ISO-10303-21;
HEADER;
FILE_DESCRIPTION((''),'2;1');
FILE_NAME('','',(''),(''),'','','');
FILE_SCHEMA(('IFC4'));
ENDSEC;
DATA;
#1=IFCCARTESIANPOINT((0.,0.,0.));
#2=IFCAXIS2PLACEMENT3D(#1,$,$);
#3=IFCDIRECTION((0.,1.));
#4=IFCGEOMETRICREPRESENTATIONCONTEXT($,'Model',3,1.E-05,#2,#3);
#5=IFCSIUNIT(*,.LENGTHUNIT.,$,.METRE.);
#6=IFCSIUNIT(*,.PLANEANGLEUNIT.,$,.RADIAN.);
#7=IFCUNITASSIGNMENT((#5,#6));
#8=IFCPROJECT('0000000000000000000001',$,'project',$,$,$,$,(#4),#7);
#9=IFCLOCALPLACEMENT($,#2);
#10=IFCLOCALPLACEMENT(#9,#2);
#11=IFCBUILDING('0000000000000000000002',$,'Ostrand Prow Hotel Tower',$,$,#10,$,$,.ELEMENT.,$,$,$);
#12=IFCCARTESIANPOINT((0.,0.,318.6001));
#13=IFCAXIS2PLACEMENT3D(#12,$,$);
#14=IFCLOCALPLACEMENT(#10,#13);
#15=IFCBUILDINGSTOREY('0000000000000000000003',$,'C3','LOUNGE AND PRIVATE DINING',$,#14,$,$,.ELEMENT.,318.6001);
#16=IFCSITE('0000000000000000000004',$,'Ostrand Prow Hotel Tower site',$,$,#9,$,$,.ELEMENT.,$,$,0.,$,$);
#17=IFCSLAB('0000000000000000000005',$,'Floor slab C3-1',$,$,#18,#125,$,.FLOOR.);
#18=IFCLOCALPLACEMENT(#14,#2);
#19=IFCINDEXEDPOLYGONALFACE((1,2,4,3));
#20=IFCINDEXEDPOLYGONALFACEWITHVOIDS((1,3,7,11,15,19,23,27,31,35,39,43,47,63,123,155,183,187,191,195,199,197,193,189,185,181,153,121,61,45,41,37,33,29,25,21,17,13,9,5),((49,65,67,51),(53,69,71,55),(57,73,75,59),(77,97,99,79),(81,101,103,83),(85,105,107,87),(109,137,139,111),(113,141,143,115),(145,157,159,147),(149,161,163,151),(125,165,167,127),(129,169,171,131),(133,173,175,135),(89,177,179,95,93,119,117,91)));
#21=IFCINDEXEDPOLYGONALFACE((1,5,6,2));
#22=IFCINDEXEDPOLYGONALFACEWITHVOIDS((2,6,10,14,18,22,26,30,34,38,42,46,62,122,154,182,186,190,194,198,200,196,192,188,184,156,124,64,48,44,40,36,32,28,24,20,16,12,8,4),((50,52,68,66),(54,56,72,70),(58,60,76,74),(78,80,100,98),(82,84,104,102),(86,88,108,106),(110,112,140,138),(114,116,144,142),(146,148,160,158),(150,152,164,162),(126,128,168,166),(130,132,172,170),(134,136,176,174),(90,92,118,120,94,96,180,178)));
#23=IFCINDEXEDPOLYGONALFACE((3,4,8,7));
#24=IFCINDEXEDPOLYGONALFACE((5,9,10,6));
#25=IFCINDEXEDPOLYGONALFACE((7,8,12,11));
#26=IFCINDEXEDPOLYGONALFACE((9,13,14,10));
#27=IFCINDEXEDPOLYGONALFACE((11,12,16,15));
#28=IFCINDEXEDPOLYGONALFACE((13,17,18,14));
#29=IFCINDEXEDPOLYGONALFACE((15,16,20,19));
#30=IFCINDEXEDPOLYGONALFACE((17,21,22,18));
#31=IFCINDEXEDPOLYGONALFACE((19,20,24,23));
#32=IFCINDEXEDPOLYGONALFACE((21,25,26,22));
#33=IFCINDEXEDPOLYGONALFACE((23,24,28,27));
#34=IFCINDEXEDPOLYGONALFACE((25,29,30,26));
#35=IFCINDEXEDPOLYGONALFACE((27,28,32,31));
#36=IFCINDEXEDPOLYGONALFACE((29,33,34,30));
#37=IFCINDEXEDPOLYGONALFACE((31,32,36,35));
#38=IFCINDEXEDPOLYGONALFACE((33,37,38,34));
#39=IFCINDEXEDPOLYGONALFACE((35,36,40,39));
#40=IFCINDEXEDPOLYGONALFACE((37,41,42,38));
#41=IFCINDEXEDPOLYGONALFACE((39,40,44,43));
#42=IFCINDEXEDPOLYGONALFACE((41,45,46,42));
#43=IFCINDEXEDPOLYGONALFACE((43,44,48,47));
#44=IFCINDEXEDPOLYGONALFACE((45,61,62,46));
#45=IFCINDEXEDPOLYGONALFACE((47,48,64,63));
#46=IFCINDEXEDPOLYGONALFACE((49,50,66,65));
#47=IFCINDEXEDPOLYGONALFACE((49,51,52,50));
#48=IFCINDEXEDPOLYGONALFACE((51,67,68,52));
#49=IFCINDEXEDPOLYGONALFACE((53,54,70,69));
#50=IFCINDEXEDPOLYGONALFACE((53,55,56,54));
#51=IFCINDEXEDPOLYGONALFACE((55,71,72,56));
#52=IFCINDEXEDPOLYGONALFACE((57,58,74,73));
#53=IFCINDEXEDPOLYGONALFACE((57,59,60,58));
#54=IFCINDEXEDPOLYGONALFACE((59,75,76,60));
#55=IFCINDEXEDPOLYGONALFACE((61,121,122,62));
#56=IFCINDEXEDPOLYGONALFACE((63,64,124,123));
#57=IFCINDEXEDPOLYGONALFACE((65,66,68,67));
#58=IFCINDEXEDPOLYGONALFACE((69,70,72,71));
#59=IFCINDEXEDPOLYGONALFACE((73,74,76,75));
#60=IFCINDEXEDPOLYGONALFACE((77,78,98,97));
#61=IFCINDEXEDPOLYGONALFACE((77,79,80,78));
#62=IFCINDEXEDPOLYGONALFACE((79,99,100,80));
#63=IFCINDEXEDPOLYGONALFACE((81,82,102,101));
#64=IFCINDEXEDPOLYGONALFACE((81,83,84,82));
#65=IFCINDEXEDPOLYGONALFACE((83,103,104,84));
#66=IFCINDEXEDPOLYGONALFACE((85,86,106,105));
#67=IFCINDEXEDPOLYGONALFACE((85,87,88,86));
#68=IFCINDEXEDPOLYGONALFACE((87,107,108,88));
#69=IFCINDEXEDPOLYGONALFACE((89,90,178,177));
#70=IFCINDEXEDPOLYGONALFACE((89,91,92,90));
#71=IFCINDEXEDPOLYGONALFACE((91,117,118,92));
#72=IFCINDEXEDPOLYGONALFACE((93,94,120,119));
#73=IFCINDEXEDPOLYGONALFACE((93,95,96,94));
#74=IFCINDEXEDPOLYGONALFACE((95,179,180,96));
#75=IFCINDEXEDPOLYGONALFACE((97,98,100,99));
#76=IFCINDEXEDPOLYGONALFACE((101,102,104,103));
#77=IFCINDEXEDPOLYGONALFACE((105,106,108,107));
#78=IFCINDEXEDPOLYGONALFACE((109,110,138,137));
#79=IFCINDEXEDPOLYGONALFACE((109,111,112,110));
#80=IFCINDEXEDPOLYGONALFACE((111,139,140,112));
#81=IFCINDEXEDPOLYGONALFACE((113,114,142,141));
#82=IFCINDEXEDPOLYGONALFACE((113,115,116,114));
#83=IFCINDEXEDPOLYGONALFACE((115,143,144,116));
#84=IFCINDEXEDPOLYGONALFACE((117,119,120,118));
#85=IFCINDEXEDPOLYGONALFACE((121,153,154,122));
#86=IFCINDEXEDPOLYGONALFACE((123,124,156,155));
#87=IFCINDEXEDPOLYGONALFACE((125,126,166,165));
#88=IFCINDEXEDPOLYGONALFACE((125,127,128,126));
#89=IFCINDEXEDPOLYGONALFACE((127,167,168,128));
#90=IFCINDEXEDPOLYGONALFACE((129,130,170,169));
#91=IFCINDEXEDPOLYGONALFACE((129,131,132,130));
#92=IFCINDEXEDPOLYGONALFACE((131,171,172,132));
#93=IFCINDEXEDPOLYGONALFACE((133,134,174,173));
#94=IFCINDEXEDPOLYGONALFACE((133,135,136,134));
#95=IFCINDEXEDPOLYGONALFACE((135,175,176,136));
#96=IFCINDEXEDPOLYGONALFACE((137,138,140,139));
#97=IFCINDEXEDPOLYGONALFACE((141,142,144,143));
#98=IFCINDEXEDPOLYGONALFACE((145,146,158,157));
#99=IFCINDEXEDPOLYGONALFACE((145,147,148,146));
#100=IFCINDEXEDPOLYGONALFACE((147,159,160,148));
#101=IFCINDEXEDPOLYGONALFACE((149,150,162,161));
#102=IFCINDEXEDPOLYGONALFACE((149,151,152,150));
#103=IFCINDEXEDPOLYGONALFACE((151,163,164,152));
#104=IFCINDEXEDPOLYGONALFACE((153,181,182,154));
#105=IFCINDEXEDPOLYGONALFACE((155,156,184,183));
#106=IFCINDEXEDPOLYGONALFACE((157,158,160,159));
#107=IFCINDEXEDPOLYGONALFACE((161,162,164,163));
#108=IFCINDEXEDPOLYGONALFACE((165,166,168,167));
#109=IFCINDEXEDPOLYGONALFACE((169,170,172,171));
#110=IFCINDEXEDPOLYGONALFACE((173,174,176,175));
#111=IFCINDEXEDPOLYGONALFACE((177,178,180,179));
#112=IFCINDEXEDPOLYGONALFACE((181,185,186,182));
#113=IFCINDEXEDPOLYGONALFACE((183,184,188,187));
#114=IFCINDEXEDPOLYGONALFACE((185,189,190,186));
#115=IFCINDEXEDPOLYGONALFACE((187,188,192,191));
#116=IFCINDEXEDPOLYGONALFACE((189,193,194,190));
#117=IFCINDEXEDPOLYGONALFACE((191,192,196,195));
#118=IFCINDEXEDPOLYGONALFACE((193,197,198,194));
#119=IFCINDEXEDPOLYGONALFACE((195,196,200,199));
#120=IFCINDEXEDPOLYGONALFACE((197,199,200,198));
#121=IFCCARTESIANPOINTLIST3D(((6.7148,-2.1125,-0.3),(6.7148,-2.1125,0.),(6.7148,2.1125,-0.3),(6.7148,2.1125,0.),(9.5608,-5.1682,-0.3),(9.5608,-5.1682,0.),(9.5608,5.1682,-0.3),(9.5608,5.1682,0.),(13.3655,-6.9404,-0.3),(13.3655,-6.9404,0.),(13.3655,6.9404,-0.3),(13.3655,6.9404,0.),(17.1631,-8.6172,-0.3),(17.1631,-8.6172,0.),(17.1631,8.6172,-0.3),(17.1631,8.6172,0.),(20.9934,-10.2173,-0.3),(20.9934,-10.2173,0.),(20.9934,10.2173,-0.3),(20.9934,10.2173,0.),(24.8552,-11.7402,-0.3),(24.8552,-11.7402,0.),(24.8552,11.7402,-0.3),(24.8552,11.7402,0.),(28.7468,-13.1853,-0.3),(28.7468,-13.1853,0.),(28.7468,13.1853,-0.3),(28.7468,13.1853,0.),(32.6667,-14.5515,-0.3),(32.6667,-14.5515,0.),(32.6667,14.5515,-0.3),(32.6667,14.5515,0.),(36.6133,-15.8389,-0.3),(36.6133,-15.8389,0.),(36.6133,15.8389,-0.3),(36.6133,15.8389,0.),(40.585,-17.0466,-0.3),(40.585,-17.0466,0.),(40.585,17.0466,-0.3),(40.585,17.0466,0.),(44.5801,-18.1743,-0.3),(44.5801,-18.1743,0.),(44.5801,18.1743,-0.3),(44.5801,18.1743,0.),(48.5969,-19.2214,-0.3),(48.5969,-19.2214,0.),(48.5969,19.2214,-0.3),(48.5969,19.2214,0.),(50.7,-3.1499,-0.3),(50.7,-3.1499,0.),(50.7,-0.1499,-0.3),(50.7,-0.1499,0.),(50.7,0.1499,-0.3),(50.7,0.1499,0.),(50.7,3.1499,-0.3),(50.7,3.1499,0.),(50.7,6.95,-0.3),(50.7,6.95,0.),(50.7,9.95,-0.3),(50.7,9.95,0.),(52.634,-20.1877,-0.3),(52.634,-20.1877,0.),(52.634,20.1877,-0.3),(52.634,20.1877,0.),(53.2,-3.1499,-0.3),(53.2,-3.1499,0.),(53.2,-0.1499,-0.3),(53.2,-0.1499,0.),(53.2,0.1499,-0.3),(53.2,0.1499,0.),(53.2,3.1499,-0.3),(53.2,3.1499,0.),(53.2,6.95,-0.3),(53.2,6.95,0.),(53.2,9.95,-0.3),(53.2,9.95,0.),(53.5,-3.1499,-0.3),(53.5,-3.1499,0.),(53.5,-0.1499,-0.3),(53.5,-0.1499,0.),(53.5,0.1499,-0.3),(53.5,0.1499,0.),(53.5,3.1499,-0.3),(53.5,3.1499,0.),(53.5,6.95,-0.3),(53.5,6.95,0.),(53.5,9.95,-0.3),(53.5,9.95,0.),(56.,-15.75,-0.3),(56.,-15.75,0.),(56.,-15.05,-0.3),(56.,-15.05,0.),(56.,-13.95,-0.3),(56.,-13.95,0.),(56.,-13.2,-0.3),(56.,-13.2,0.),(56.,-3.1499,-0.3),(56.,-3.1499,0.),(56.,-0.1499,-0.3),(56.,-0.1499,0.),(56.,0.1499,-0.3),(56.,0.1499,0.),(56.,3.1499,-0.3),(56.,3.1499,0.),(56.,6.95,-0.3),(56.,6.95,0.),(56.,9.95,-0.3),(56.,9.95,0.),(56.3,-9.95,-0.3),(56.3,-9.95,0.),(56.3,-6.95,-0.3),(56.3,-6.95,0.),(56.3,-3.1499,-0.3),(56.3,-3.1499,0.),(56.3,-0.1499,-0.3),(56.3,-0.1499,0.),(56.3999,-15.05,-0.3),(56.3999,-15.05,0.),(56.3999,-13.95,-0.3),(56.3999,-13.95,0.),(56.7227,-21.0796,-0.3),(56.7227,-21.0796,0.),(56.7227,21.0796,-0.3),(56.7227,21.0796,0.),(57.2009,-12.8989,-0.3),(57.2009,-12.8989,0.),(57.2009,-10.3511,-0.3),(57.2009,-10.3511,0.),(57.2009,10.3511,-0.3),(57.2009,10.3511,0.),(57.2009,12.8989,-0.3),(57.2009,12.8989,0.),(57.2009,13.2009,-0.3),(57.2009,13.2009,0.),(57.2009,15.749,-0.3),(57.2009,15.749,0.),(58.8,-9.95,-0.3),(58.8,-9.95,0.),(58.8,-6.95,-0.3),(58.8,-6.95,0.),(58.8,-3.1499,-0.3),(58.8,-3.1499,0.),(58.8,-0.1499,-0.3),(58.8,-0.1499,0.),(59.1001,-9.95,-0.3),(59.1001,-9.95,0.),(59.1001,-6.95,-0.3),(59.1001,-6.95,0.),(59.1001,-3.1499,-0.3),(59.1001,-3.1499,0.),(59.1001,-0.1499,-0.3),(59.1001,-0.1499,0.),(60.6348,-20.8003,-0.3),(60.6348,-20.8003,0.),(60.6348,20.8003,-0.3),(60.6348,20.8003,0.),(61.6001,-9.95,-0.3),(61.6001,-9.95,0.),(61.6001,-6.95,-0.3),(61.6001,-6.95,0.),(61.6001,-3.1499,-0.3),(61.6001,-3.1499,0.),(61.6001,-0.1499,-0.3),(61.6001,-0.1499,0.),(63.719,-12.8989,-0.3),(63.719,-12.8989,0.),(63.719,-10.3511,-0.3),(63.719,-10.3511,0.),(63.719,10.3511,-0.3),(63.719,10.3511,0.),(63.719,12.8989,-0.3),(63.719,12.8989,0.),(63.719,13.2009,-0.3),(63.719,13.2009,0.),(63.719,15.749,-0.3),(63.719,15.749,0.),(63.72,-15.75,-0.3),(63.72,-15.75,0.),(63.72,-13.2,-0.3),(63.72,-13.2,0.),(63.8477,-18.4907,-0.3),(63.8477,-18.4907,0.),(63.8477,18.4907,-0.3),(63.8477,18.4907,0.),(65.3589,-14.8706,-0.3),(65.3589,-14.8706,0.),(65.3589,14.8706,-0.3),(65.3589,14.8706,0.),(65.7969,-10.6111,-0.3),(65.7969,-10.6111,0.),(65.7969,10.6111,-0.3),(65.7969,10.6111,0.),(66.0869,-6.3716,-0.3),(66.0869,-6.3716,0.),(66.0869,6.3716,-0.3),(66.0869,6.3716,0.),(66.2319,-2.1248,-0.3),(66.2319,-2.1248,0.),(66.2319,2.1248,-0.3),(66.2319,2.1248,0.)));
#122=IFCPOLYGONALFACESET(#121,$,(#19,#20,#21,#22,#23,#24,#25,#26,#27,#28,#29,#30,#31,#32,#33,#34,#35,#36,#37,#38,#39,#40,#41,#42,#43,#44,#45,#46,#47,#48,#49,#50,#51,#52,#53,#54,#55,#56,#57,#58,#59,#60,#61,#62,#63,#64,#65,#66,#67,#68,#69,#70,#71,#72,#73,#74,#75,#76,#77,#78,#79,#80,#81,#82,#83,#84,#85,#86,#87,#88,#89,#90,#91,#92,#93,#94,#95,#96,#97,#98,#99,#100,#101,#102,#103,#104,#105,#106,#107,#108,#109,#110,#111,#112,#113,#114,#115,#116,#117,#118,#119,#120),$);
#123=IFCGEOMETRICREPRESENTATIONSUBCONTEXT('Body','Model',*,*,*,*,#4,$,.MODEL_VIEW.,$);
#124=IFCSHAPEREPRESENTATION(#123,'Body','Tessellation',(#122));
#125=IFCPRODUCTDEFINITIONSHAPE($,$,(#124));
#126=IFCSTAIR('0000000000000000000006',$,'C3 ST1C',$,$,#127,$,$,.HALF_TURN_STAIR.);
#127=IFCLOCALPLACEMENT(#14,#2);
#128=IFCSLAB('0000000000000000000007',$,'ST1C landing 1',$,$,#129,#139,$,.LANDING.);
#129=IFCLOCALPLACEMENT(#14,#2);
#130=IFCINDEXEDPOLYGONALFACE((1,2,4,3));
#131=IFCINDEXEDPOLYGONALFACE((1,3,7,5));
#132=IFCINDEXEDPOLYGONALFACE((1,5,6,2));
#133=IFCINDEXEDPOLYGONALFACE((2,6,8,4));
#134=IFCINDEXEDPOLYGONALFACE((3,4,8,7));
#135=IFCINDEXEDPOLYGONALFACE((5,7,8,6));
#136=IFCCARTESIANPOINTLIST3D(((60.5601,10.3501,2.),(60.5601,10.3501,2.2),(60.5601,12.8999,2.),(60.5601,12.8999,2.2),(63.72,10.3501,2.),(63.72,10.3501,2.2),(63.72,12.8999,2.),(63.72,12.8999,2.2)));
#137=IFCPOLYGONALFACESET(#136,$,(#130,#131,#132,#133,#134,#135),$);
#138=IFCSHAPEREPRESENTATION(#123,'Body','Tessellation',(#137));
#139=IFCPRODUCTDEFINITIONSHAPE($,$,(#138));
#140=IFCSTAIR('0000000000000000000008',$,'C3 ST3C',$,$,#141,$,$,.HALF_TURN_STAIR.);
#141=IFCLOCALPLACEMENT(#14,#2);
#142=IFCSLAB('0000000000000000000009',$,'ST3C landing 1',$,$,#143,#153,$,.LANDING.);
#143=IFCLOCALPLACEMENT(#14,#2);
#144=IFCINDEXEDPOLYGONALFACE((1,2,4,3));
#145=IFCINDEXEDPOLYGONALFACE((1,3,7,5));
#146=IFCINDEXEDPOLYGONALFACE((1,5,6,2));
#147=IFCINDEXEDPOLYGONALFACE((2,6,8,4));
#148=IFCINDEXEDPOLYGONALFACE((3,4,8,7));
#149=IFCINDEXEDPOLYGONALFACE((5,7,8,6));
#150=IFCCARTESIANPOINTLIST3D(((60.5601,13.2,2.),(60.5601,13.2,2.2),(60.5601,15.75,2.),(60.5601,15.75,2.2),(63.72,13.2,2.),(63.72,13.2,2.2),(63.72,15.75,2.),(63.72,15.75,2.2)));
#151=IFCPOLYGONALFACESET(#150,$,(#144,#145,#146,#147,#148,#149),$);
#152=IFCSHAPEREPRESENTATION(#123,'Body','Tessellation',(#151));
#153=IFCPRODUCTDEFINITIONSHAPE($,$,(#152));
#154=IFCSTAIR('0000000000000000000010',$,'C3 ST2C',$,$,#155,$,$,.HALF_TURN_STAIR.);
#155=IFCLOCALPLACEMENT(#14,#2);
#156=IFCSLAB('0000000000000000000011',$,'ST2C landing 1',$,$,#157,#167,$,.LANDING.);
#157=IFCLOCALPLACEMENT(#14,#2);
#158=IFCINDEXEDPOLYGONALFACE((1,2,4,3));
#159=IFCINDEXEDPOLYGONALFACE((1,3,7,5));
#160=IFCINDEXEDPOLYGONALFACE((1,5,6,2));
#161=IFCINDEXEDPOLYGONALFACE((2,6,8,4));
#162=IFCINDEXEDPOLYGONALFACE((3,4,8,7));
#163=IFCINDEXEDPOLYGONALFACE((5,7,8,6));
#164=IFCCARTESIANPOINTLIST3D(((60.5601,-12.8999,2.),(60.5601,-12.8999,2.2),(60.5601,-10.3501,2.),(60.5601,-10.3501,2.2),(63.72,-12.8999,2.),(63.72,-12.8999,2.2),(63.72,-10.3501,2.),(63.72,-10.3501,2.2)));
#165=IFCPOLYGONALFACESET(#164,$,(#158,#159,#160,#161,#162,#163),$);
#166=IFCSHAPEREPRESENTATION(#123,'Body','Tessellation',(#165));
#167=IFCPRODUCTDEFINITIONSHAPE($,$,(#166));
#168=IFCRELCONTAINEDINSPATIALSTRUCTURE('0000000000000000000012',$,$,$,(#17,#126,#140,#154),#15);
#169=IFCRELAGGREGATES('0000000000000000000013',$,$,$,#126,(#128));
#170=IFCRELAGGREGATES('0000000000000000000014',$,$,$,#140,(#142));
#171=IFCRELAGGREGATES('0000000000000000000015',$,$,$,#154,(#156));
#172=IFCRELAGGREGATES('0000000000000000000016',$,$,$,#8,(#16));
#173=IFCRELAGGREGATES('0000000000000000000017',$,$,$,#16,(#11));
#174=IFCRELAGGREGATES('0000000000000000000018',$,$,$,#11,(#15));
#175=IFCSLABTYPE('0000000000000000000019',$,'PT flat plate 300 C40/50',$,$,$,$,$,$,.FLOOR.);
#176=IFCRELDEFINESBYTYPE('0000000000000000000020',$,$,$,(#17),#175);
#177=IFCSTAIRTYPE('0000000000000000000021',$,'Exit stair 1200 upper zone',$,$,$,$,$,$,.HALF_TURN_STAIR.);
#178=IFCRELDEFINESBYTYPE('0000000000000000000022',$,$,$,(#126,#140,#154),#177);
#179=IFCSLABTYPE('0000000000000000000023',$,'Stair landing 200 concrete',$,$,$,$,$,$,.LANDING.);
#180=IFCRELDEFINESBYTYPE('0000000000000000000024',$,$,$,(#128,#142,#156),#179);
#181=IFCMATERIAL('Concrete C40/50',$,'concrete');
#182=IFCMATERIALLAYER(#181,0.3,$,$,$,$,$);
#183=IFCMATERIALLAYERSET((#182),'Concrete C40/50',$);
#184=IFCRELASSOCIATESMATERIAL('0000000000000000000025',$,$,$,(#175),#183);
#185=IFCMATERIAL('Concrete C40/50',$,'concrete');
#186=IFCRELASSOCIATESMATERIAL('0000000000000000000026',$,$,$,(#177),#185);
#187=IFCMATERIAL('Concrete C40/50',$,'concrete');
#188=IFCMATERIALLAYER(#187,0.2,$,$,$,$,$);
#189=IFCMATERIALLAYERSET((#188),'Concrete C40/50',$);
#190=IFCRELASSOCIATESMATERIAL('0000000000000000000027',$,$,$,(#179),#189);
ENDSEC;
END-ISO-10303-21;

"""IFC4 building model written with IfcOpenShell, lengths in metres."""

from ifc_helpers import new_model, si_unit, direction, frame, origin, place, context, subcontext, project, spatial, polyline, outline, extrude, material, layer, layer_set, type_object, element, aggregate, save


model = new_model("IFC4")

# Units and contexts
model_context = context("Model", 3, precision=1e-05, world=origin(), true_north=direction((0.0, 1.0)))
body_context = subcontext(model_context, "Body", "Model", "MODEL_VIEW")
ifc_project = project(units=[si_unit("LENGTHUNIT", "METRE"), si_unit("PLANEANGLEUNIT", "RADIAN")], contexts=[model_context])

# Site, building, storey
site_placement = place(None, origin())
site = spatial("IfcSite", under=ifc_project, at=site_placement, Name="Ostrand Prow Hotel Tower site", CompositionType="ELEMENT", RefElevation=0.0)
building_placement = place(site_placement, origin())
building = spatial("IfcBuilding", under=site, at=building_placement, Name="Ostrand Prow Hotel Tower", CompositionType="ELEMENT")
storey_placement = place(building_placement, frame((0.0, 0.0, 318.6001)))
storey = spatial("IfcBuildingStorey", under=building, at=storey_placement, Name="C3", Description="LOUNGE AND PRIVATE DINING", CompositionType="ELEMENT", Elevation=318.6001)

# Slab, opening
ifc_material_1 = material(Name="Concrete C40/50", Category="concrete")
ifc_layer_1 = layer(ifc_material_1, 0.3)
ifc_layer_set_1 = layer_set([ifc_layer_1], Name="Concrete C40/50")
slab_type_1 = type_object("IfcSlabType", Name="PT flat plate 300 C40/50", PredefinedType="FLOOR", material=ifc_layer_set_1)
slab_1_placement = place(storey_placement, frame((0.0, 0.0, -0.3)))
slab_1 = element("IfcSlab", 1, at=slab_1_placement, inside=storey, type_object=slab_type_1, Name="Floor slab C3-1", PredefinedType="FLOOR", context=body_context, shape_type="SweptSolid", body=[
    extrude(outline(polyline([(9.5608, 5.1682), (13.3655, 6.9404), (17.1631, 8.6172), (20.9934, 10.2173), (24.8552, 11.7402), (28.7468, 13.1853), (32.6667, 14.5515), (36.6133, 15.8389), (40.585, 17.0466), (44.5801, 18.1743), (48.5969, 19.2214), (52.634, 20.1877), (56.7227, 21.0796), (60.6348, 20.8003), (63.8477, 18.4907), (65.3589, 14.8706), (65.7969, 10.6111), (66.0869, 6.3716), (66.2319, 2.1248), (66.2319, -2.1248), (66.0869, -6.3716), (65.7969, -10.6111), (65.3589, -14.8706), (63.8477, -18.4907), (60.6348, -20.8003), (56.7227, -21.0796), (52.634, -20.1877), (48.5969, -19.2214), (44.5801, -18.1743), (40.585, -17.0466), (36.6133, -15.8389), (32.6667, -14.5515), (28.7468, -13.1853), (24.8552, -11.7402), (20.9934, -10.2173), (17.1631, -8.6172), (13.3655, -6.9404), (9.5608, -5.1682), (6.7148, -2.1125), (6.7148, 2.1125), (9.5608, 5.1682)]), holes=[polyline([(50.7, 6.95), (53.2, 6.95), (53.2, 9.95), (50.7, 9.95), (50.7, 6.95)]), polyline([(53.5, 6.95), (56.0, 6.95), (56.0, 9.95), (53.5, 9.95), (53.5, 6.95)]), polyline([(50.7, 0.1499), (53.2, 0.1499), (53.2, 3.1499), (50.7, 3.1499), (50.7, 0.1499)]), polyline([(53.5, 0.1499), (56.0, 0.1499), (56.0, 3.1499), (53.5, 3.1499), (53.5, 0.1499)]), polyline([(50.7, -3.1499), (53.2, -3.1499), (53.2, -0.1499), (50.7, -0.1499), (50.7, -3.1499)]), polyline([(53.5, -3.1499), (56.0, -3.1499), (56.0, -0.1499), (53.5, -0.1499), (53.5, -3.1499)]), polyline([(56.3, -3.1499), (58.8, -3.1499), (58.8, -0.1499), (56.3, -0.1499), (56.3, -3.1499)]), polyline([(59.1001, -3.1499), (61.6001, -3.1499), (61.6001, -0.1499), (59.1001, -0.1499), (59.1001, -3.1499)]), polyline([(56.3, -9.95), (58.8, -9.95), (58.8, -6.95), (56.3, -6.95), (56.3, -9.95)]), polyline([(59.1001, -9.95), (61.6001, -9.95), (61.6001, -6.95), (59.1001, -6.95), (59.1001, -9.95)]), polyline([(57.2009, 10.3511), (57.2009, 12.8989), (63.719, 12.8989), (63.719, 10.3511), (57.2009, 10.3511)]), polyline([(57.2009, 13.2009), (57.2009, 15.749), (63.719, 15.749), (63.719, 13.2009), (57.2009, 13.2009)]), polyline([(57.2009, -12.8989), (57.2009, -10.3511), (63.719, -10.3511), (63.719, -12.8989), (57.2009, -12.8989)]), polyline([(56.0, -13.95), (56.0, -13.2), (63.72, -13.2), (63.72, -15.75), (56.0, -15.75), (56.0, -15.05), (56.3999, -15.05), (56.3999, -13.95), (56.0, -13.95)])]), origin(), (0.0, 0.0, 1.0), 0.3),
])
opening_placement = place(slab_1_placement, origin())
element("IfcOpeningElement", 2, at=opening_placement, cuts=slab_1, PredefinedType="OPENING", context=body_context, shape_type="SweptSolid", body=[
    extrude(outline(polyline([(56.0, -13.95), (56.0, -13.2), (63.72, -13.2), (63.72, -15.75), (56.0, -15.75), (56.0, -15.05), (56.3999, -15.05), (56.3999, -13.95), (56.0, -13.95)])), origin(), (0.0, 0.0, 1.0), 0.3),
])

# Stairs, slabs
ifc_material_2 = material(Name="Concrete C40/50", Category="concrete")
stair_type = type_object("IfcStairType", Name="Exit stair 1200 upper zone", PredefinedType="HALF_TURN_STAIR", material=ifc_material_2)
stair_1_placement = place(storey_placement, origin())
stair_1 = element("IfcStair", 3, at=stair_1_placement, inside=storey, type_object=stair_type, Name="C3 ST1C", PredefinedType="HALF_TURN_STAIR")
ifc_material_3 = material(Name="Concrete C40/50", Category="concrete")
ifc_layer_2 = layer(ifc_material_3, 0.2)
ifc_layer_set_2 = layer_set([ifc_layer_2], Name="Concrete C40/50")
slab_type_2 = type_object("IfcSlabType", Name="Stair landing 200 concrete", PredefinedType="LANDING", material=ifc_layer_set_2)
slab_2_placement = place(storey_placement, frame((0.0, 0.0, 2.0)))
slab_2 = element("IfcSlab", 4, at=slab_2_placement, type_object=slab_type_2, Name="ST1C landing 1", PredefinedType="LANDING", context=body_context, shape_type="SweptSolid", body=[
    extrude(outline(polyline([(60.5601, 10.3501), (63.72, 10.3501), (63.72, 12.8999), (60.5601, 12.8999), (60.5601, 10.3501)])), origin(), (0.0, 0.0, 1.0), 0.2),
])
aggregate(stair_1, [slab_2])
stair_2_placement = place(storey_placement, origin())
stair_2 = element("IfcStair", 5, at=stair_2_placement, inside=storey, type_object=stair_type, Name="C3 ST3C", PredefinedType="HALF_TURN_STAIR")
slab_3_placement = place(storey_placement, frame((0.0, 0.0, 2.0)))
slab_3 = element("IfcSlab", 6, at=slab_3_placement, type_object=slab_type_2, Name="ST3C landing 1", PredefinedType="LANDING", context=body_context, shape_type="SweptSolid", body=[
    extrude(outline(polyline([(60.5601, 13.2), (63.72, 13.2), (63.72, 15.75), (60.5601, 15.75), (60.5601, 13.2)])), origin(), (0.0, 0.0, 1.0), 0.2),
])
aggregate(stair_2, [slab_3])
stair_3_placement = place(storey_placement, origin())
stair_3 = element("IfcStair", 7, at=stair_3_placement, inside=storey, type_object=stair_type, Name="C3 ST2C", PredefinedType="HALF_TURN_STAIR")
slab_4_placement = place(storey_placement, frame((0.0, 0.0, 2.0)))
slab_4 = element("IfcSlab", 8, at=slab_4_placement, type_object=slab_type_2, Name="ST2C landing 1", PredefinedType="LANDING", context=body_context, shape_type="SweptSolid", body=[
    extrude(outline(polyline([(60.5601, -12.8999), (63.72, -12.8999), (63.72, -10.3501), (60.5601, -10.3501), (60.5601, -12.8999)])), origin(), (0.0, 0.0, 1.0), 0.2),
])
aggregate(stair_3, [slab_4])

save(model, "model.ifc")
